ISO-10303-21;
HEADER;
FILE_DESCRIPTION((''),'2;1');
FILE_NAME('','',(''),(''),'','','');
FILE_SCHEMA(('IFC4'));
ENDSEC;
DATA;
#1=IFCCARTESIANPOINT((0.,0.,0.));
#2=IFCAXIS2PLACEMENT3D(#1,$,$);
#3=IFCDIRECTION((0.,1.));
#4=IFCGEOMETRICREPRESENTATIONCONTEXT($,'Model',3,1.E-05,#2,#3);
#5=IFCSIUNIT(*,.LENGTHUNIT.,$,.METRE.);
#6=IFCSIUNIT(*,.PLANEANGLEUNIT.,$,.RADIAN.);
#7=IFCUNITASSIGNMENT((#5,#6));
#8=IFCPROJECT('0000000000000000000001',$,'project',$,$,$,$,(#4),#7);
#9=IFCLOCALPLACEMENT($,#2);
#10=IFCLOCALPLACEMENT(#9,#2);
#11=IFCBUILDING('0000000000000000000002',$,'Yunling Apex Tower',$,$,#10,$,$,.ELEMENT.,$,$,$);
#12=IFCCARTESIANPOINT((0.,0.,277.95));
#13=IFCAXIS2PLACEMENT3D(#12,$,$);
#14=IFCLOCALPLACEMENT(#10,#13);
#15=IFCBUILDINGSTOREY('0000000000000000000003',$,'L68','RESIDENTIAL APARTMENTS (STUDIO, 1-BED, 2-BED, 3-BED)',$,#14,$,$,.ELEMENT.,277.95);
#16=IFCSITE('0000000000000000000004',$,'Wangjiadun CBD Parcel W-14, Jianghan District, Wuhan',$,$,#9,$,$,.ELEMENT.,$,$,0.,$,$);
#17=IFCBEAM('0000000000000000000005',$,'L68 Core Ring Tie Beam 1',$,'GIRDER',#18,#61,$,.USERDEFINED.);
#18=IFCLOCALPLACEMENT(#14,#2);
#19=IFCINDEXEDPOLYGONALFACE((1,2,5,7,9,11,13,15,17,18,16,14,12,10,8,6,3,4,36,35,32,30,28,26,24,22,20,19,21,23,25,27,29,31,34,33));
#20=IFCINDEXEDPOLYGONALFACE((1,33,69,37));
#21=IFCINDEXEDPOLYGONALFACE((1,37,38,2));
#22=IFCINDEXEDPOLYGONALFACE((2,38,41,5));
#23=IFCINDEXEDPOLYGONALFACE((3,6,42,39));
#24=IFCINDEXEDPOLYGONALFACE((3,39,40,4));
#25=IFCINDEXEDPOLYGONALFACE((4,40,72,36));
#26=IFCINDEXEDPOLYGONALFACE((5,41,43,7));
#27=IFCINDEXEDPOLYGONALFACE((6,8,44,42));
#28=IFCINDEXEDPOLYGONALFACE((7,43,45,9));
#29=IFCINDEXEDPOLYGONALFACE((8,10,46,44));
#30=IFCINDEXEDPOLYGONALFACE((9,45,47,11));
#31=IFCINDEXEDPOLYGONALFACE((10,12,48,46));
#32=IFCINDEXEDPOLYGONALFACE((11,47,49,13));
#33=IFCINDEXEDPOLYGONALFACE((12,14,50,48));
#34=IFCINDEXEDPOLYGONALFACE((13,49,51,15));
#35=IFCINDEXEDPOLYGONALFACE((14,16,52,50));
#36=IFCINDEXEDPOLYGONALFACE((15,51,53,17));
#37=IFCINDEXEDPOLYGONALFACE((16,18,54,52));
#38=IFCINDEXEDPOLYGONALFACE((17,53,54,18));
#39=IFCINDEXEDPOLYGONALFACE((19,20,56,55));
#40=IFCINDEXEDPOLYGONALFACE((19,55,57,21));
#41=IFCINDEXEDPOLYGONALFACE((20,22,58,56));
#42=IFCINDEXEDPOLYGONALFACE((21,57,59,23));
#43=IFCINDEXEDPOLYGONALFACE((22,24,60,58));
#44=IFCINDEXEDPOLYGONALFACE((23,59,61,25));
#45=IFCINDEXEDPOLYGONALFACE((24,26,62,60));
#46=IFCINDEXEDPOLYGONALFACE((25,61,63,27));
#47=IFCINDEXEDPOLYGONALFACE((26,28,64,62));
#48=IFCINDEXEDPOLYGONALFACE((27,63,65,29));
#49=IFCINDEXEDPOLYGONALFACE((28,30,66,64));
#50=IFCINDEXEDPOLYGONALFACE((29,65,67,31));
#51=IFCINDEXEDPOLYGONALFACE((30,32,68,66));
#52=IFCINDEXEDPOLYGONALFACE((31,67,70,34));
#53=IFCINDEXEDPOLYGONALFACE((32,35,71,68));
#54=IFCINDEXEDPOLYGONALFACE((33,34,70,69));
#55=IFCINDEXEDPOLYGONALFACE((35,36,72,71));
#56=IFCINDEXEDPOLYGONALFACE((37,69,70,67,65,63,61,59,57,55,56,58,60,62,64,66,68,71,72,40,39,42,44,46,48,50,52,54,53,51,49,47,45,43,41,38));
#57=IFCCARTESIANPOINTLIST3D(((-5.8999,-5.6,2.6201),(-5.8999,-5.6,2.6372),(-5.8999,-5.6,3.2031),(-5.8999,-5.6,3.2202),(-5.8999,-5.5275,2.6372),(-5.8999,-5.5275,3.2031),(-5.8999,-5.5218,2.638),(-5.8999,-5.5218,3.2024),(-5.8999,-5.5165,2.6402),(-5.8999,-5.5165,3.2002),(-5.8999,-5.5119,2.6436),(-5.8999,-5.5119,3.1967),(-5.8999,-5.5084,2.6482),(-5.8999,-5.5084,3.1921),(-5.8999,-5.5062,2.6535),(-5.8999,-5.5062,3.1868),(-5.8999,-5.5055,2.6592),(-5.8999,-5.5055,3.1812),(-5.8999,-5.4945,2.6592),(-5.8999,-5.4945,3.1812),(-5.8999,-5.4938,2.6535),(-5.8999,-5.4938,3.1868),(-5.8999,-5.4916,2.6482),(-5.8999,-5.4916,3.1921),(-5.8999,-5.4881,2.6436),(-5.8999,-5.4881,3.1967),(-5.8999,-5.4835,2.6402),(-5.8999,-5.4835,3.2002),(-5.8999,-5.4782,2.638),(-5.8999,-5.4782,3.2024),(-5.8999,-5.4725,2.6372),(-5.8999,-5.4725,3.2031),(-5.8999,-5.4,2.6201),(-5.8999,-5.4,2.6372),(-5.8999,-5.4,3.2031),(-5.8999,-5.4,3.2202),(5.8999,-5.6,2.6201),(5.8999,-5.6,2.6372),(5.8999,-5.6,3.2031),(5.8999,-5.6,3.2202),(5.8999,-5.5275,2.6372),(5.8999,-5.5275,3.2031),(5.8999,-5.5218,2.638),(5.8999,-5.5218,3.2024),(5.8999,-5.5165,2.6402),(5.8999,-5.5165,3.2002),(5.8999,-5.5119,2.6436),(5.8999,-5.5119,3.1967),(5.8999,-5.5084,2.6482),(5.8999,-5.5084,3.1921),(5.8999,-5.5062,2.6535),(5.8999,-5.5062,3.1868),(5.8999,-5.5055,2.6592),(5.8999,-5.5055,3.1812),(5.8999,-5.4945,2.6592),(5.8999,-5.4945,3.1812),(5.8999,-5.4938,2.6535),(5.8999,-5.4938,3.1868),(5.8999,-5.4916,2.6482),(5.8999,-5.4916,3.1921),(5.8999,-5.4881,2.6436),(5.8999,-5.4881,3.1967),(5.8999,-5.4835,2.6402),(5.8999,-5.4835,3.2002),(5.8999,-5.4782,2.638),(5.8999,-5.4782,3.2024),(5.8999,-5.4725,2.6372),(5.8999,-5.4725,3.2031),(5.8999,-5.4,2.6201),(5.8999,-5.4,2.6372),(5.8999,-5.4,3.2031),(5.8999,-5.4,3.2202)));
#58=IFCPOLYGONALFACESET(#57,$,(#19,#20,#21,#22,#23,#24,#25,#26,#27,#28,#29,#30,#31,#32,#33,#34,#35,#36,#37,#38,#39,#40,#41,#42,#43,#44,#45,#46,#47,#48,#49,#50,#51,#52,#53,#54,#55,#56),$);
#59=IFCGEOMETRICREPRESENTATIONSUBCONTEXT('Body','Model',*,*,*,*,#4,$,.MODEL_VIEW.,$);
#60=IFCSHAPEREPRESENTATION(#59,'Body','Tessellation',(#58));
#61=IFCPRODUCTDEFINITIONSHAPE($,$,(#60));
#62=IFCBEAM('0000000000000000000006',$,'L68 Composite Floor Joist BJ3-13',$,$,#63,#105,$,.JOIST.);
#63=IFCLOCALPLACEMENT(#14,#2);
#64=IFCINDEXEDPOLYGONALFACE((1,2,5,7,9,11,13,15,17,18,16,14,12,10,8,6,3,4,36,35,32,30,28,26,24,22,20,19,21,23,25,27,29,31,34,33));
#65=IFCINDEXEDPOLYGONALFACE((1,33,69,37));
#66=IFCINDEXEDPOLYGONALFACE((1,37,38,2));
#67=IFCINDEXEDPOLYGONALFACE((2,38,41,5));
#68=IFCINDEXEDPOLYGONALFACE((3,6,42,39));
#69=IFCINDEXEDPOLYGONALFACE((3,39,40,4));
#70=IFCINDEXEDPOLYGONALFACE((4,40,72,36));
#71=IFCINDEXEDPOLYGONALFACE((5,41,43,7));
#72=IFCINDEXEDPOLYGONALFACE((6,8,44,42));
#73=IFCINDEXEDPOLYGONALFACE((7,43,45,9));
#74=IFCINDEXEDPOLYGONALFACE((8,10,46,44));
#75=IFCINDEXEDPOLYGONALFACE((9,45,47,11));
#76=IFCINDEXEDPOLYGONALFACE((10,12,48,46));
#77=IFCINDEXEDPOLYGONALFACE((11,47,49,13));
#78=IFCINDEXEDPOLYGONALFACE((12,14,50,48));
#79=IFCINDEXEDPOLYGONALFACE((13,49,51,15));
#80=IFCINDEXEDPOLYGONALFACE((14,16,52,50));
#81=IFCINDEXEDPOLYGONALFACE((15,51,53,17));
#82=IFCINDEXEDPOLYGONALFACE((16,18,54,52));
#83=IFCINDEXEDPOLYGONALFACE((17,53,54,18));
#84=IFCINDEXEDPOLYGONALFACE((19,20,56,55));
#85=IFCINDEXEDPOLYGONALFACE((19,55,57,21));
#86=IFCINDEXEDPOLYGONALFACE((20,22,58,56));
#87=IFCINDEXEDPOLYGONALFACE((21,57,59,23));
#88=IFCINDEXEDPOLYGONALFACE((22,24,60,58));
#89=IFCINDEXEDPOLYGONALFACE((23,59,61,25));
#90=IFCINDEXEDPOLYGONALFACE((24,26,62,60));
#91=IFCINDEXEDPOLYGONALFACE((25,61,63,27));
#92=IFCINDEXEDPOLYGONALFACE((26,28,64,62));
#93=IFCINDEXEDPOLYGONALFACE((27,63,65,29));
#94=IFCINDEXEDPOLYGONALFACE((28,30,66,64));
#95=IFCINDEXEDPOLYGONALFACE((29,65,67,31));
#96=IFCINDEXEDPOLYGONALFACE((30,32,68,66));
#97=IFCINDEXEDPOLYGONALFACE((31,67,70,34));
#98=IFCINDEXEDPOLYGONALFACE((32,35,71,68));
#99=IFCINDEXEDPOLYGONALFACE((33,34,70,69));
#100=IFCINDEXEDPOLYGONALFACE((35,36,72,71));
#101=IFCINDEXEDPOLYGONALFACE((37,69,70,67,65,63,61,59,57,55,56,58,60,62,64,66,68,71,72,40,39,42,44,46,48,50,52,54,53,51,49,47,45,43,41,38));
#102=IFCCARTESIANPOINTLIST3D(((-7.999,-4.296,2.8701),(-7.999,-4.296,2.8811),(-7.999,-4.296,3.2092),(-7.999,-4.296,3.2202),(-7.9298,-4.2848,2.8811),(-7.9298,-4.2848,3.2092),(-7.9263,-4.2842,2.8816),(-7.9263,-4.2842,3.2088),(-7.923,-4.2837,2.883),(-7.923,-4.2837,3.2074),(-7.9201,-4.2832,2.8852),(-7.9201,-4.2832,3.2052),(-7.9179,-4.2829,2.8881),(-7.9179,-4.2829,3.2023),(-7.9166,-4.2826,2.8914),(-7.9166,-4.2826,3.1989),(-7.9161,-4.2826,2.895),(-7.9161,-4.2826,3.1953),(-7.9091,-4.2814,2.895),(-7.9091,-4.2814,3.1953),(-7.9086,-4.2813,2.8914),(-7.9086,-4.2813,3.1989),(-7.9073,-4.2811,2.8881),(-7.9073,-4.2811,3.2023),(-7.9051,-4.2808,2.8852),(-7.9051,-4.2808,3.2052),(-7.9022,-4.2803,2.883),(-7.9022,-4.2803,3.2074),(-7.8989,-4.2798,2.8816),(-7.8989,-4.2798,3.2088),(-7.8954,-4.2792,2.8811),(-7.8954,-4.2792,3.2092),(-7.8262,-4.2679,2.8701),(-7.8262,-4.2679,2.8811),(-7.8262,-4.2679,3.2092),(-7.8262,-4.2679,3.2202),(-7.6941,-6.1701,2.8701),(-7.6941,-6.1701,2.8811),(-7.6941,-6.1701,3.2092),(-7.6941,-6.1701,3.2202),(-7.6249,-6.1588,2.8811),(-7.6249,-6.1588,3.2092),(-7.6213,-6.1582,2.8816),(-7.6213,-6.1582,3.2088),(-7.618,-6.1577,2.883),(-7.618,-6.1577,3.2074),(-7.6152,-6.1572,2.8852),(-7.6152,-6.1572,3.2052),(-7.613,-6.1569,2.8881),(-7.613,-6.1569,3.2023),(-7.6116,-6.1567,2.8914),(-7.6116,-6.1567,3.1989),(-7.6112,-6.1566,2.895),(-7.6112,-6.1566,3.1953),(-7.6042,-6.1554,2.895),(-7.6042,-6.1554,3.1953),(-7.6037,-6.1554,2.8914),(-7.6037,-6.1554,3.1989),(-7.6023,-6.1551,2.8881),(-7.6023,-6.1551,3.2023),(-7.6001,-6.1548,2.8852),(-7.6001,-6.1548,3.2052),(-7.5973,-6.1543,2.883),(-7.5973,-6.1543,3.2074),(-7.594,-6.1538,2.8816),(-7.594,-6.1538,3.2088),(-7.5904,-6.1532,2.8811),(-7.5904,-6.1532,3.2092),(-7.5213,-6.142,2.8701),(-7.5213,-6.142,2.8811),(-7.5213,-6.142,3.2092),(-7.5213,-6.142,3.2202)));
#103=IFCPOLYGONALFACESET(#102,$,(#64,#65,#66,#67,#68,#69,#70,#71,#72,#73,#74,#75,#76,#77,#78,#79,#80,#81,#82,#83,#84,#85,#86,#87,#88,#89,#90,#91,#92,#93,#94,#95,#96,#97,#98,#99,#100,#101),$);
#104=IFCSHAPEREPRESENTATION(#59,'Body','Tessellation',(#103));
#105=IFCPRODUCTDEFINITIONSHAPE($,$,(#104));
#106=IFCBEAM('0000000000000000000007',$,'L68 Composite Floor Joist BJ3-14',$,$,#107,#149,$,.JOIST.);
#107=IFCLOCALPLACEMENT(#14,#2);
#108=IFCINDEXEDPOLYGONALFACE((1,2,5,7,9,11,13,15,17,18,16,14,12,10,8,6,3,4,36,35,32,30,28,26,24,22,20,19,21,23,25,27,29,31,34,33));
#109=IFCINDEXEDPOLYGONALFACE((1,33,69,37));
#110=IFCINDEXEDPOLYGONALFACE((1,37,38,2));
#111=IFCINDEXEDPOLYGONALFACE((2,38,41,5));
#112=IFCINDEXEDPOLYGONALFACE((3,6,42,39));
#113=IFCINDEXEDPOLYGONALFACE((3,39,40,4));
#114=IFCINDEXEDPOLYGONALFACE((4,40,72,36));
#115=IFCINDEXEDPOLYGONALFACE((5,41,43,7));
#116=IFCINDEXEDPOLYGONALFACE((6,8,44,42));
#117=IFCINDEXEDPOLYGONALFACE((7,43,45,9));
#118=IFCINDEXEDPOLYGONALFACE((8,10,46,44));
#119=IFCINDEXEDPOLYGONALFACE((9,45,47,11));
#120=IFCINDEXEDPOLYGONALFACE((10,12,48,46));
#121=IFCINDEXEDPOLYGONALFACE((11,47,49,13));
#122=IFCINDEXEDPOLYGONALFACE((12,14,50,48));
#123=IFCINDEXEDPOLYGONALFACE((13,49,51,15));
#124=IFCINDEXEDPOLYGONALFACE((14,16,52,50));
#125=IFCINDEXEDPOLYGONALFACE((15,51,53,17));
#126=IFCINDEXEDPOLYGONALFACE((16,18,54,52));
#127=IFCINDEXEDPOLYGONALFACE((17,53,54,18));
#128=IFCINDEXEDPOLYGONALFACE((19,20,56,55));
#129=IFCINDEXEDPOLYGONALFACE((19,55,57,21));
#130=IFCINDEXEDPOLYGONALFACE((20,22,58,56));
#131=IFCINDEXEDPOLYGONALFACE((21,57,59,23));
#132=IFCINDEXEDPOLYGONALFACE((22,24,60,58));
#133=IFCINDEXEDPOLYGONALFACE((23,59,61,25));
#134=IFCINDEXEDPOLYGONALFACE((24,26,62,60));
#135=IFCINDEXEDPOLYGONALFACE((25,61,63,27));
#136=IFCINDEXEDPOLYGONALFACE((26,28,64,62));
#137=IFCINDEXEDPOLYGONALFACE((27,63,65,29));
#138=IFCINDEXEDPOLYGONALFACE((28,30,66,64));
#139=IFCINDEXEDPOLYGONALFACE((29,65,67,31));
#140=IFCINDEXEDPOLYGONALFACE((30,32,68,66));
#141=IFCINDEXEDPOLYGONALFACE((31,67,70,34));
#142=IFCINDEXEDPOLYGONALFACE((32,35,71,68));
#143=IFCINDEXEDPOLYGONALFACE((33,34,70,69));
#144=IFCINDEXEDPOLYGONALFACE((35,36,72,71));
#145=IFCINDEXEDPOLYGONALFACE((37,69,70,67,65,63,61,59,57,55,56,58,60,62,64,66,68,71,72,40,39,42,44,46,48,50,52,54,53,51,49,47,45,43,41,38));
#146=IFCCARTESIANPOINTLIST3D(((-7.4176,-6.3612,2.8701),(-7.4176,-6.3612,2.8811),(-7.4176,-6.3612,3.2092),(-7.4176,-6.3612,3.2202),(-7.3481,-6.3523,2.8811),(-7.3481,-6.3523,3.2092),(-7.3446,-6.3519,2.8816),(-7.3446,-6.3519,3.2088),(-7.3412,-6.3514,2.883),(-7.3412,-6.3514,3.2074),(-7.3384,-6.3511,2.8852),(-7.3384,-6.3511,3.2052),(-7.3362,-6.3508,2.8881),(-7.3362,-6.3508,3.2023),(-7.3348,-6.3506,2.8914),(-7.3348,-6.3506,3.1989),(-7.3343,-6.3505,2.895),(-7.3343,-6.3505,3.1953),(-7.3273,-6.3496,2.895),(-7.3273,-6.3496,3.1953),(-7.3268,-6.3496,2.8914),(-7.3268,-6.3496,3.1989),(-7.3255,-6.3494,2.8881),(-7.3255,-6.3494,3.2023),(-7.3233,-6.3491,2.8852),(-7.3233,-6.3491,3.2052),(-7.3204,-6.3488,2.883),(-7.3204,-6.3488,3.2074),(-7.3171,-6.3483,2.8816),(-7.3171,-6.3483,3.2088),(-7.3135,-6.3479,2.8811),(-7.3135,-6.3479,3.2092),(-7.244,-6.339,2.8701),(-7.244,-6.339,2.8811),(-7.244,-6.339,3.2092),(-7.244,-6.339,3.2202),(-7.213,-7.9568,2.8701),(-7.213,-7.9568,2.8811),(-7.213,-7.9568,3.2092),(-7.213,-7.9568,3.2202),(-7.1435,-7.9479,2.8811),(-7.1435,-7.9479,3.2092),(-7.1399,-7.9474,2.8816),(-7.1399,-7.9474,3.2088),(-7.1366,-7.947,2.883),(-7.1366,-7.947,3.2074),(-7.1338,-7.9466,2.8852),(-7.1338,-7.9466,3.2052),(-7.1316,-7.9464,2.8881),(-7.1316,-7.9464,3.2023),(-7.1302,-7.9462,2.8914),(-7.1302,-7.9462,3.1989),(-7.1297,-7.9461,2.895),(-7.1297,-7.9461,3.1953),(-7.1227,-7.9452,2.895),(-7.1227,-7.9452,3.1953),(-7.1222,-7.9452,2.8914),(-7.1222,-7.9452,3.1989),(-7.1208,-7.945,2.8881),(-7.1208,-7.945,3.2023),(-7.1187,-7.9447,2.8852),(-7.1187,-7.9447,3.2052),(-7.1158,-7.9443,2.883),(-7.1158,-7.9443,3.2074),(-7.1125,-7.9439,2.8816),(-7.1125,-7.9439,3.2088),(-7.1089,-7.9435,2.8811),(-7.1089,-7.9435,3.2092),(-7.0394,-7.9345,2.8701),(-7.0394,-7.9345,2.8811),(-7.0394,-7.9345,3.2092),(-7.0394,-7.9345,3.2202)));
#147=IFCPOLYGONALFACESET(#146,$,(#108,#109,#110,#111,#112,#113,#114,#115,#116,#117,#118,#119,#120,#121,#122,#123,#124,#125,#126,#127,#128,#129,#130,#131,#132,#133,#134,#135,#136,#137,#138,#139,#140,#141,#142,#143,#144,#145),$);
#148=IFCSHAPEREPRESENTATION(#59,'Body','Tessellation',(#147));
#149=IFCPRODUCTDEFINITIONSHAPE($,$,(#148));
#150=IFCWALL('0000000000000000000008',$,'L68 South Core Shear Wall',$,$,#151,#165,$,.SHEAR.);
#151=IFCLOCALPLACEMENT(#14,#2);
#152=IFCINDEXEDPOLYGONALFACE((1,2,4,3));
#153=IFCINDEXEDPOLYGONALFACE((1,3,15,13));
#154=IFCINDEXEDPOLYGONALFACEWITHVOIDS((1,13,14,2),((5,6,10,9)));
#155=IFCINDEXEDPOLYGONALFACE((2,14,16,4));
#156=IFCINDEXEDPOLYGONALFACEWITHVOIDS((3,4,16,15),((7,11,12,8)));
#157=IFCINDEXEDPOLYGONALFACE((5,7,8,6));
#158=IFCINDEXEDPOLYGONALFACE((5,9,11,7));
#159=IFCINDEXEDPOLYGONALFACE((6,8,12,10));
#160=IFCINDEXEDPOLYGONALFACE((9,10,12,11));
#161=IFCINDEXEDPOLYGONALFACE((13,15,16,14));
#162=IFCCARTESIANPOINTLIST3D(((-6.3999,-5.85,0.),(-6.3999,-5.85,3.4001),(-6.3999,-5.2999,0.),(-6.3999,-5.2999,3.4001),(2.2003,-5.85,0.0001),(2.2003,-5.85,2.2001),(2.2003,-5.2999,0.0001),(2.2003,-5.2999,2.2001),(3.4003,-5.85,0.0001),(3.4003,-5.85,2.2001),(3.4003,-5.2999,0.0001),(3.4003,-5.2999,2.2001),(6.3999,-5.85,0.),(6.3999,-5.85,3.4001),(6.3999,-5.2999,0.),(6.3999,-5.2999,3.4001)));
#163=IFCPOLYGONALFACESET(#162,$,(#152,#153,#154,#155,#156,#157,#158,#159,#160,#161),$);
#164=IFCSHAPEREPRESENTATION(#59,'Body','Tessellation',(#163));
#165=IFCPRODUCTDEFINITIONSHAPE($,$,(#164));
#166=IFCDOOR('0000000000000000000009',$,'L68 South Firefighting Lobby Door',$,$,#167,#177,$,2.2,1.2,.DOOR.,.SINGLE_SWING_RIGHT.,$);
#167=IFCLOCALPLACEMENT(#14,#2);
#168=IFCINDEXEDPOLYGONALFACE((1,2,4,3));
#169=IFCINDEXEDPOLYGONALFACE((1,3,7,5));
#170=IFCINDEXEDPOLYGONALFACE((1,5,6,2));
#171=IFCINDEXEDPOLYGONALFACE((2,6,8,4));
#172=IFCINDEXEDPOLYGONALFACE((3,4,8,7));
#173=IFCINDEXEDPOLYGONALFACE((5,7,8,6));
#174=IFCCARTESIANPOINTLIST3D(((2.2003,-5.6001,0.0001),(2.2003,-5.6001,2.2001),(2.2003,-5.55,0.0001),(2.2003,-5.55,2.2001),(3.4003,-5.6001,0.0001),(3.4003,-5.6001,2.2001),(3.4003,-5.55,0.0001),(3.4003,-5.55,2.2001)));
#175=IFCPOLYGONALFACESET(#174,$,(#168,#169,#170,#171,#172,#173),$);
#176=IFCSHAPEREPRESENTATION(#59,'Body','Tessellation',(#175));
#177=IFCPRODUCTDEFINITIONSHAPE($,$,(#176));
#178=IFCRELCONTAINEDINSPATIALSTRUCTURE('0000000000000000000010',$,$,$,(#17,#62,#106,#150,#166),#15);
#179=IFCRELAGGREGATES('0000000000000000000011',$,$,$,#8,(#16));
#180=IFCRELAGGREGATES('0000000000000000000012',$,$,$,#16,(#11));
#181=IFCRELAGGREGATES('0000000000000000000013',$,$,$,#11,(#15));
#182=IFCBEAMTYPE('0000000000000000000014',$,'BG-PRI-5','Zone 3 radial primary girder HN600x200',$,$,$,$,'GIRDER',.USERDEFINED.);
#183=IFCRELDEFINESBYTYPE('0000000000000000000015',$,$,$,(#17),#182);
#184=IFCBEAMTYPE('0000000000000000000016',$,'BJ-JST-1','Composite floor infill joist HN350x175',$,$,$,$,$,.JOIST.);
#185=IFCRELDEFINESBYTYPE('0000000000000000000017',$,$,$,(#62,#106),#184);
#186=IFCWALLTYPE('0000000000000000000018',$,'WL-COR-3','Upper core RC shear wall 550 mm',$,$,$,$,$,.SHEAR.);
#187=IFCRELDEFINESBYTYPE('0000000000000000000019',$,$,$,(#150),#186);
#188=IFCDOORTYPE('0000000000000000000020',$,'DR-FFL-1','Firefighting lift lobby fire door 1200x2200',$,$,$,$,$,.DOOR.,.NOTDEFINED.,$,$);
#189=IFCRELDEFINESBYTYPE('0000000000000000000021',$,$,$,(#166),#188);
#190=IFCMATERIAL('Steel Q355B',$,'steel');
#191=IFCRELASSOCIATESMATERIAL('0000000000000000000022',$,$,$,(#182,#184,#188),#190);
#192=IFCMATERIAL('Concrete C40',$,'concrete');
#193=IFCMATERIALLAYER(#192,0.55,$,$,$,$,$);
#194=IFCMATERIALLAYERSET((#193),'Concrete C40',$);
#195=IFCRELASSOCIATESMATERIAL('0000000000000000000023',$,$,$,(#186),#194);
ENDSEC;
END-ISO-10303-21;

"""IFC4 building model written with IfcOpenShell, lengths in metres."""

from ifc_helpers import new_model, si_unit, direction, frame, frame_2d, origin, origin_2d, place, context, subcontext, project, spatial, rectangle, i_section, extrude, source, transform, mapped, material, layer, layer_set, material_profile, profile_set, type_object, element, fill, save


model = new_model("IFC4")

# Units and contexts
model_context = context("Model", 3, precision=1e-05, world=origin(), true_north=direction((0.0, 1.0)))
body_context = subcontext(model_context, "Body", "Model", "MODEL_VIEW")
ifc_project = project(units=[si_unit("LENGTHUNIT", "METRE"), si_unit("PLANEANGLEUNIT", "RADIAN")], contexts=[model_context])

# Site, building, storey
site_placement = place(None, origin())
site = spatial("IfcSite", under=ifc_project, at=site_placement, Name="Wangjiadun CBD Parcel W-14, Jianghan District, Wuhan", CompositionType="ELEMENT", RefElevation=0.0)
building_placement = place(site_placement, origin())
building = spatial("IfcBuilding", under=site, at=building_placement, Name="Yunling Apex Tower", CompositionType="ELEMENT")
storey_placement = place(building_placement, frame((0.0, 0.0, 277.95)))
storey = spatial("IfcBuildingStorey", under=building, at=storey_placement, Name="L68", Description="RESIDENTIAL APARTMENTS (STUDIO, 1-BED, 2-BED, 3-BED)", CompositionType="ELEMENT", Elevation=277.95)

# Beams
ifc_material_1 = material(Name="Steel Q355B", Category="steel")
ifc_material_2 = material(Name="Concrete C40", Category="concrete")
ifc_material_profile_1 = material_profile(ifc_material_1, i_section(OverallWidth=0.2, OverallDepth=0.6001, WebThickness=0.011, FlangeThickness=0.0171, FilletRadius=0.022, at=origin_2d()))
ifc_profile_set_1 = profile_set([ifc_material_profile_1], Name="Steel Q355B")
beam_type_1 = type_object("IfcBeamType", Name="BG-PRI-5", Description="Zone 3 radial primary girder HN600x200", ElementType="GIRDER", PredefinedType="USERDEFINED", material=ifc_profile_set_1)
shared_shape_1 = source(origin(), body_context, "Body", "SweptSolid", [
    extrude(i_section(OverallWidth=0.2, OverallDepth=0.6001, WebThickness=0.011, FlangeThickness=0.0171, FilletRadius=0.022, at=origin_2d()), origin(), (0.0, 0.0, 1.0), 11.7998),
])
beam_1_placement = place(storey_placement, frame((-5.8999, -5.5, 2.9202), z_axis=(1.0, 0.0, 0.0), x_axis=(0.0, 1.0, 0.0)))
element("IfcBeam", 1, at=beam_1_placement, inside=storey, type_object=beam_type_1, Name="L68 Core Ring Tie Beam 1", ObjectType="GIRDER", PredefinedType="USERDEFINED", context=body_context, shape_type="MappedRepresentation", body=[
    mapped(shared_shape_1, transform((0.0, 0.0, 0.0), scale=1.0)),
])
ifc_material_profile_2 = material_profile(ifc_material_1, i_section(OverallWidth=0.175, OverallDepth=0.3501, WebThickness=0.0071, FlangeThickness=0.011, FilletRadius=0.0139, at=origin_2d()))
ifc_profile_set_2 = profile_set([ifc_material_profile_2], Name="Steel Q355B")
beam_type_2 = type_object("IfcBeamType", Name="BJ-JST-1", Description="Composite floor infill joist HN350x175", PredefinedType="JOIST", material=ifc_profile_set_2)
shared_shape_2 = source(origin(), body_context, "Body", "SweptSolid", [
    extrude(i_section(OverallWidth=0.175, OverallDepth=0.3501, WebThickness=0.0071, FlangeThickness=0.011, FilletRadius=0.0139, at=origin_2d()), origin(), (0.0, 0.0, 1.0), 1.8987),
])
beam_2_placement = place(storey_placement, frame((-7.9126, -4.282, 3.0452), z_axis=(0.160603, -0.987019, 0.0), x_axis=(0.987019, 0.160603, 0.0)))
element("IfcBeam", 2, at=beam_2_placement, inside=storey, type_object=beam_type_2, Name="L68 Composite Floor Joist BJ3-13", PredefinedType="JOIST", context=body_context, shape_type="MappedRepresentation", body=[
    mapped(shared_shape_2, transform((0.0, 0.0, 0.0), scale=1.0)),
])
shared_shape_3 = source(origin(), body_context, "Body", "SweptSolid", [
    extrude(i_section(OverallWidth=0.175, OverallDepth=0.3501, WebThickness=0.0071, FlangeThickness=0.011, FilletRadius=0.0139, at=origin_2d()), origin(), (0.0, 0.0, 1.0), 1.6086),
])
beam_3_placement = place(storey_placement, frame((-7.3308, -6.3501, 3.0452), z_axis=(0.127191, -0.991878, 0.0), x_axis=(0.991878, 0.127191, 0.0)))
element("IfcBeam", 3, at=beam_3_placement, inside=storey, type_object=beam_type_2, Name="L68 Composite Floor Joist BJ3-14", PredefinedType="JOIST", context=body_context, shape_type="MappedRepresentation", body=[
    mapped(shared_shape_3, transform((0.0, 0.0, 0.0), scale=1.0)),
])

# Wall, opening, door
ifc_layer_1 = layer(ifc_material_2, 0.55)
ifc_layer_set_1 = layer_set([ifc_layer_1], Name="Concrete C40")
wall_type_1 = type_object("IfcWallType", Name="WL-COR-3", Description="Upper core RC shear wall 550 mm", PredefinedType="SHEAR", material=ifc_layer_set_1)
wall_1_placement = place(storey_placement, frame((-6.3999, -5.575, 0.0), z_axis=(0.0, 0.0, 1.0), x_axis=(1.0, 0.0, 0.0)))
wall_1 = element("IfcWall", 4, at=wall_1_placement, inside=storey, type_object=wall_type_1, Name="L68 South Core Shear Wall", PredefinedType="SHEAR", context=body_context, shape_type="SweptSolid", body=[
    extrude(rectangle(XDim=12.7998, YDim=0.55, at=frame_2d((6.3999, 0.0))), origin(), (0.0, 0.0, 1.0), 3.4001),
])
opening_1_placement = place(wall_1_placement, frame((8.6001, 0.0, 0.0)))
opening_1 = element("IfcOpeningElement", 5, at=opening_1_placement, cuts=wall_1, PredefinedType="OPENING", context=body_context, shape_type="SweptSolid", body=[
    extrude(rectangle(XDim=1.2, YDim=2.2, at=frame_2d((0.6001, 1.1001))), frame((0.0, 0.2852, 0.0), z_axis=(0.0, -1.0, 0.0), x_axis=(1.0, 0.0, 0.0)), (0.0, 0.0, 1.0), 0.5701),
])
door_type_1 = type_object("IfcDoorType", Name="DR-FFL-1", Description="Firefighting lift lobby fire door 1200x2200", OperationType="NOTDEFINED", PredefinedType="DOOR", material=ifc_material_1)
door_1_placement = place(opening_1_placement, origin())
door_1 = element("IfcDoor", 6, at=door_1_placement, inside=storey, type_object=door_type_1, Name="L68 South Firefighting Lobby Door", OperationType="SINGLE_SWING_RIGHT", OverallHeight=2.2, OverallWidth=1.2, PredefinedType="DOOR", context=body_context, shape_type="SweptSolid", body=[
    extrude(rectangle(XDim=1.2, YDim=2.2, at=frame_2d((0.6001, 1.1001))), frame((0.0, 0.0249, 0.0), z_axis=(0.0, -1.0, 0.0), x_axis=(1.0, 0.0, 0.0)), (0.0, 0.0, 1.0), 0.05),
])
fill(opening_1, door_1)

save(model, "model.ifc")
